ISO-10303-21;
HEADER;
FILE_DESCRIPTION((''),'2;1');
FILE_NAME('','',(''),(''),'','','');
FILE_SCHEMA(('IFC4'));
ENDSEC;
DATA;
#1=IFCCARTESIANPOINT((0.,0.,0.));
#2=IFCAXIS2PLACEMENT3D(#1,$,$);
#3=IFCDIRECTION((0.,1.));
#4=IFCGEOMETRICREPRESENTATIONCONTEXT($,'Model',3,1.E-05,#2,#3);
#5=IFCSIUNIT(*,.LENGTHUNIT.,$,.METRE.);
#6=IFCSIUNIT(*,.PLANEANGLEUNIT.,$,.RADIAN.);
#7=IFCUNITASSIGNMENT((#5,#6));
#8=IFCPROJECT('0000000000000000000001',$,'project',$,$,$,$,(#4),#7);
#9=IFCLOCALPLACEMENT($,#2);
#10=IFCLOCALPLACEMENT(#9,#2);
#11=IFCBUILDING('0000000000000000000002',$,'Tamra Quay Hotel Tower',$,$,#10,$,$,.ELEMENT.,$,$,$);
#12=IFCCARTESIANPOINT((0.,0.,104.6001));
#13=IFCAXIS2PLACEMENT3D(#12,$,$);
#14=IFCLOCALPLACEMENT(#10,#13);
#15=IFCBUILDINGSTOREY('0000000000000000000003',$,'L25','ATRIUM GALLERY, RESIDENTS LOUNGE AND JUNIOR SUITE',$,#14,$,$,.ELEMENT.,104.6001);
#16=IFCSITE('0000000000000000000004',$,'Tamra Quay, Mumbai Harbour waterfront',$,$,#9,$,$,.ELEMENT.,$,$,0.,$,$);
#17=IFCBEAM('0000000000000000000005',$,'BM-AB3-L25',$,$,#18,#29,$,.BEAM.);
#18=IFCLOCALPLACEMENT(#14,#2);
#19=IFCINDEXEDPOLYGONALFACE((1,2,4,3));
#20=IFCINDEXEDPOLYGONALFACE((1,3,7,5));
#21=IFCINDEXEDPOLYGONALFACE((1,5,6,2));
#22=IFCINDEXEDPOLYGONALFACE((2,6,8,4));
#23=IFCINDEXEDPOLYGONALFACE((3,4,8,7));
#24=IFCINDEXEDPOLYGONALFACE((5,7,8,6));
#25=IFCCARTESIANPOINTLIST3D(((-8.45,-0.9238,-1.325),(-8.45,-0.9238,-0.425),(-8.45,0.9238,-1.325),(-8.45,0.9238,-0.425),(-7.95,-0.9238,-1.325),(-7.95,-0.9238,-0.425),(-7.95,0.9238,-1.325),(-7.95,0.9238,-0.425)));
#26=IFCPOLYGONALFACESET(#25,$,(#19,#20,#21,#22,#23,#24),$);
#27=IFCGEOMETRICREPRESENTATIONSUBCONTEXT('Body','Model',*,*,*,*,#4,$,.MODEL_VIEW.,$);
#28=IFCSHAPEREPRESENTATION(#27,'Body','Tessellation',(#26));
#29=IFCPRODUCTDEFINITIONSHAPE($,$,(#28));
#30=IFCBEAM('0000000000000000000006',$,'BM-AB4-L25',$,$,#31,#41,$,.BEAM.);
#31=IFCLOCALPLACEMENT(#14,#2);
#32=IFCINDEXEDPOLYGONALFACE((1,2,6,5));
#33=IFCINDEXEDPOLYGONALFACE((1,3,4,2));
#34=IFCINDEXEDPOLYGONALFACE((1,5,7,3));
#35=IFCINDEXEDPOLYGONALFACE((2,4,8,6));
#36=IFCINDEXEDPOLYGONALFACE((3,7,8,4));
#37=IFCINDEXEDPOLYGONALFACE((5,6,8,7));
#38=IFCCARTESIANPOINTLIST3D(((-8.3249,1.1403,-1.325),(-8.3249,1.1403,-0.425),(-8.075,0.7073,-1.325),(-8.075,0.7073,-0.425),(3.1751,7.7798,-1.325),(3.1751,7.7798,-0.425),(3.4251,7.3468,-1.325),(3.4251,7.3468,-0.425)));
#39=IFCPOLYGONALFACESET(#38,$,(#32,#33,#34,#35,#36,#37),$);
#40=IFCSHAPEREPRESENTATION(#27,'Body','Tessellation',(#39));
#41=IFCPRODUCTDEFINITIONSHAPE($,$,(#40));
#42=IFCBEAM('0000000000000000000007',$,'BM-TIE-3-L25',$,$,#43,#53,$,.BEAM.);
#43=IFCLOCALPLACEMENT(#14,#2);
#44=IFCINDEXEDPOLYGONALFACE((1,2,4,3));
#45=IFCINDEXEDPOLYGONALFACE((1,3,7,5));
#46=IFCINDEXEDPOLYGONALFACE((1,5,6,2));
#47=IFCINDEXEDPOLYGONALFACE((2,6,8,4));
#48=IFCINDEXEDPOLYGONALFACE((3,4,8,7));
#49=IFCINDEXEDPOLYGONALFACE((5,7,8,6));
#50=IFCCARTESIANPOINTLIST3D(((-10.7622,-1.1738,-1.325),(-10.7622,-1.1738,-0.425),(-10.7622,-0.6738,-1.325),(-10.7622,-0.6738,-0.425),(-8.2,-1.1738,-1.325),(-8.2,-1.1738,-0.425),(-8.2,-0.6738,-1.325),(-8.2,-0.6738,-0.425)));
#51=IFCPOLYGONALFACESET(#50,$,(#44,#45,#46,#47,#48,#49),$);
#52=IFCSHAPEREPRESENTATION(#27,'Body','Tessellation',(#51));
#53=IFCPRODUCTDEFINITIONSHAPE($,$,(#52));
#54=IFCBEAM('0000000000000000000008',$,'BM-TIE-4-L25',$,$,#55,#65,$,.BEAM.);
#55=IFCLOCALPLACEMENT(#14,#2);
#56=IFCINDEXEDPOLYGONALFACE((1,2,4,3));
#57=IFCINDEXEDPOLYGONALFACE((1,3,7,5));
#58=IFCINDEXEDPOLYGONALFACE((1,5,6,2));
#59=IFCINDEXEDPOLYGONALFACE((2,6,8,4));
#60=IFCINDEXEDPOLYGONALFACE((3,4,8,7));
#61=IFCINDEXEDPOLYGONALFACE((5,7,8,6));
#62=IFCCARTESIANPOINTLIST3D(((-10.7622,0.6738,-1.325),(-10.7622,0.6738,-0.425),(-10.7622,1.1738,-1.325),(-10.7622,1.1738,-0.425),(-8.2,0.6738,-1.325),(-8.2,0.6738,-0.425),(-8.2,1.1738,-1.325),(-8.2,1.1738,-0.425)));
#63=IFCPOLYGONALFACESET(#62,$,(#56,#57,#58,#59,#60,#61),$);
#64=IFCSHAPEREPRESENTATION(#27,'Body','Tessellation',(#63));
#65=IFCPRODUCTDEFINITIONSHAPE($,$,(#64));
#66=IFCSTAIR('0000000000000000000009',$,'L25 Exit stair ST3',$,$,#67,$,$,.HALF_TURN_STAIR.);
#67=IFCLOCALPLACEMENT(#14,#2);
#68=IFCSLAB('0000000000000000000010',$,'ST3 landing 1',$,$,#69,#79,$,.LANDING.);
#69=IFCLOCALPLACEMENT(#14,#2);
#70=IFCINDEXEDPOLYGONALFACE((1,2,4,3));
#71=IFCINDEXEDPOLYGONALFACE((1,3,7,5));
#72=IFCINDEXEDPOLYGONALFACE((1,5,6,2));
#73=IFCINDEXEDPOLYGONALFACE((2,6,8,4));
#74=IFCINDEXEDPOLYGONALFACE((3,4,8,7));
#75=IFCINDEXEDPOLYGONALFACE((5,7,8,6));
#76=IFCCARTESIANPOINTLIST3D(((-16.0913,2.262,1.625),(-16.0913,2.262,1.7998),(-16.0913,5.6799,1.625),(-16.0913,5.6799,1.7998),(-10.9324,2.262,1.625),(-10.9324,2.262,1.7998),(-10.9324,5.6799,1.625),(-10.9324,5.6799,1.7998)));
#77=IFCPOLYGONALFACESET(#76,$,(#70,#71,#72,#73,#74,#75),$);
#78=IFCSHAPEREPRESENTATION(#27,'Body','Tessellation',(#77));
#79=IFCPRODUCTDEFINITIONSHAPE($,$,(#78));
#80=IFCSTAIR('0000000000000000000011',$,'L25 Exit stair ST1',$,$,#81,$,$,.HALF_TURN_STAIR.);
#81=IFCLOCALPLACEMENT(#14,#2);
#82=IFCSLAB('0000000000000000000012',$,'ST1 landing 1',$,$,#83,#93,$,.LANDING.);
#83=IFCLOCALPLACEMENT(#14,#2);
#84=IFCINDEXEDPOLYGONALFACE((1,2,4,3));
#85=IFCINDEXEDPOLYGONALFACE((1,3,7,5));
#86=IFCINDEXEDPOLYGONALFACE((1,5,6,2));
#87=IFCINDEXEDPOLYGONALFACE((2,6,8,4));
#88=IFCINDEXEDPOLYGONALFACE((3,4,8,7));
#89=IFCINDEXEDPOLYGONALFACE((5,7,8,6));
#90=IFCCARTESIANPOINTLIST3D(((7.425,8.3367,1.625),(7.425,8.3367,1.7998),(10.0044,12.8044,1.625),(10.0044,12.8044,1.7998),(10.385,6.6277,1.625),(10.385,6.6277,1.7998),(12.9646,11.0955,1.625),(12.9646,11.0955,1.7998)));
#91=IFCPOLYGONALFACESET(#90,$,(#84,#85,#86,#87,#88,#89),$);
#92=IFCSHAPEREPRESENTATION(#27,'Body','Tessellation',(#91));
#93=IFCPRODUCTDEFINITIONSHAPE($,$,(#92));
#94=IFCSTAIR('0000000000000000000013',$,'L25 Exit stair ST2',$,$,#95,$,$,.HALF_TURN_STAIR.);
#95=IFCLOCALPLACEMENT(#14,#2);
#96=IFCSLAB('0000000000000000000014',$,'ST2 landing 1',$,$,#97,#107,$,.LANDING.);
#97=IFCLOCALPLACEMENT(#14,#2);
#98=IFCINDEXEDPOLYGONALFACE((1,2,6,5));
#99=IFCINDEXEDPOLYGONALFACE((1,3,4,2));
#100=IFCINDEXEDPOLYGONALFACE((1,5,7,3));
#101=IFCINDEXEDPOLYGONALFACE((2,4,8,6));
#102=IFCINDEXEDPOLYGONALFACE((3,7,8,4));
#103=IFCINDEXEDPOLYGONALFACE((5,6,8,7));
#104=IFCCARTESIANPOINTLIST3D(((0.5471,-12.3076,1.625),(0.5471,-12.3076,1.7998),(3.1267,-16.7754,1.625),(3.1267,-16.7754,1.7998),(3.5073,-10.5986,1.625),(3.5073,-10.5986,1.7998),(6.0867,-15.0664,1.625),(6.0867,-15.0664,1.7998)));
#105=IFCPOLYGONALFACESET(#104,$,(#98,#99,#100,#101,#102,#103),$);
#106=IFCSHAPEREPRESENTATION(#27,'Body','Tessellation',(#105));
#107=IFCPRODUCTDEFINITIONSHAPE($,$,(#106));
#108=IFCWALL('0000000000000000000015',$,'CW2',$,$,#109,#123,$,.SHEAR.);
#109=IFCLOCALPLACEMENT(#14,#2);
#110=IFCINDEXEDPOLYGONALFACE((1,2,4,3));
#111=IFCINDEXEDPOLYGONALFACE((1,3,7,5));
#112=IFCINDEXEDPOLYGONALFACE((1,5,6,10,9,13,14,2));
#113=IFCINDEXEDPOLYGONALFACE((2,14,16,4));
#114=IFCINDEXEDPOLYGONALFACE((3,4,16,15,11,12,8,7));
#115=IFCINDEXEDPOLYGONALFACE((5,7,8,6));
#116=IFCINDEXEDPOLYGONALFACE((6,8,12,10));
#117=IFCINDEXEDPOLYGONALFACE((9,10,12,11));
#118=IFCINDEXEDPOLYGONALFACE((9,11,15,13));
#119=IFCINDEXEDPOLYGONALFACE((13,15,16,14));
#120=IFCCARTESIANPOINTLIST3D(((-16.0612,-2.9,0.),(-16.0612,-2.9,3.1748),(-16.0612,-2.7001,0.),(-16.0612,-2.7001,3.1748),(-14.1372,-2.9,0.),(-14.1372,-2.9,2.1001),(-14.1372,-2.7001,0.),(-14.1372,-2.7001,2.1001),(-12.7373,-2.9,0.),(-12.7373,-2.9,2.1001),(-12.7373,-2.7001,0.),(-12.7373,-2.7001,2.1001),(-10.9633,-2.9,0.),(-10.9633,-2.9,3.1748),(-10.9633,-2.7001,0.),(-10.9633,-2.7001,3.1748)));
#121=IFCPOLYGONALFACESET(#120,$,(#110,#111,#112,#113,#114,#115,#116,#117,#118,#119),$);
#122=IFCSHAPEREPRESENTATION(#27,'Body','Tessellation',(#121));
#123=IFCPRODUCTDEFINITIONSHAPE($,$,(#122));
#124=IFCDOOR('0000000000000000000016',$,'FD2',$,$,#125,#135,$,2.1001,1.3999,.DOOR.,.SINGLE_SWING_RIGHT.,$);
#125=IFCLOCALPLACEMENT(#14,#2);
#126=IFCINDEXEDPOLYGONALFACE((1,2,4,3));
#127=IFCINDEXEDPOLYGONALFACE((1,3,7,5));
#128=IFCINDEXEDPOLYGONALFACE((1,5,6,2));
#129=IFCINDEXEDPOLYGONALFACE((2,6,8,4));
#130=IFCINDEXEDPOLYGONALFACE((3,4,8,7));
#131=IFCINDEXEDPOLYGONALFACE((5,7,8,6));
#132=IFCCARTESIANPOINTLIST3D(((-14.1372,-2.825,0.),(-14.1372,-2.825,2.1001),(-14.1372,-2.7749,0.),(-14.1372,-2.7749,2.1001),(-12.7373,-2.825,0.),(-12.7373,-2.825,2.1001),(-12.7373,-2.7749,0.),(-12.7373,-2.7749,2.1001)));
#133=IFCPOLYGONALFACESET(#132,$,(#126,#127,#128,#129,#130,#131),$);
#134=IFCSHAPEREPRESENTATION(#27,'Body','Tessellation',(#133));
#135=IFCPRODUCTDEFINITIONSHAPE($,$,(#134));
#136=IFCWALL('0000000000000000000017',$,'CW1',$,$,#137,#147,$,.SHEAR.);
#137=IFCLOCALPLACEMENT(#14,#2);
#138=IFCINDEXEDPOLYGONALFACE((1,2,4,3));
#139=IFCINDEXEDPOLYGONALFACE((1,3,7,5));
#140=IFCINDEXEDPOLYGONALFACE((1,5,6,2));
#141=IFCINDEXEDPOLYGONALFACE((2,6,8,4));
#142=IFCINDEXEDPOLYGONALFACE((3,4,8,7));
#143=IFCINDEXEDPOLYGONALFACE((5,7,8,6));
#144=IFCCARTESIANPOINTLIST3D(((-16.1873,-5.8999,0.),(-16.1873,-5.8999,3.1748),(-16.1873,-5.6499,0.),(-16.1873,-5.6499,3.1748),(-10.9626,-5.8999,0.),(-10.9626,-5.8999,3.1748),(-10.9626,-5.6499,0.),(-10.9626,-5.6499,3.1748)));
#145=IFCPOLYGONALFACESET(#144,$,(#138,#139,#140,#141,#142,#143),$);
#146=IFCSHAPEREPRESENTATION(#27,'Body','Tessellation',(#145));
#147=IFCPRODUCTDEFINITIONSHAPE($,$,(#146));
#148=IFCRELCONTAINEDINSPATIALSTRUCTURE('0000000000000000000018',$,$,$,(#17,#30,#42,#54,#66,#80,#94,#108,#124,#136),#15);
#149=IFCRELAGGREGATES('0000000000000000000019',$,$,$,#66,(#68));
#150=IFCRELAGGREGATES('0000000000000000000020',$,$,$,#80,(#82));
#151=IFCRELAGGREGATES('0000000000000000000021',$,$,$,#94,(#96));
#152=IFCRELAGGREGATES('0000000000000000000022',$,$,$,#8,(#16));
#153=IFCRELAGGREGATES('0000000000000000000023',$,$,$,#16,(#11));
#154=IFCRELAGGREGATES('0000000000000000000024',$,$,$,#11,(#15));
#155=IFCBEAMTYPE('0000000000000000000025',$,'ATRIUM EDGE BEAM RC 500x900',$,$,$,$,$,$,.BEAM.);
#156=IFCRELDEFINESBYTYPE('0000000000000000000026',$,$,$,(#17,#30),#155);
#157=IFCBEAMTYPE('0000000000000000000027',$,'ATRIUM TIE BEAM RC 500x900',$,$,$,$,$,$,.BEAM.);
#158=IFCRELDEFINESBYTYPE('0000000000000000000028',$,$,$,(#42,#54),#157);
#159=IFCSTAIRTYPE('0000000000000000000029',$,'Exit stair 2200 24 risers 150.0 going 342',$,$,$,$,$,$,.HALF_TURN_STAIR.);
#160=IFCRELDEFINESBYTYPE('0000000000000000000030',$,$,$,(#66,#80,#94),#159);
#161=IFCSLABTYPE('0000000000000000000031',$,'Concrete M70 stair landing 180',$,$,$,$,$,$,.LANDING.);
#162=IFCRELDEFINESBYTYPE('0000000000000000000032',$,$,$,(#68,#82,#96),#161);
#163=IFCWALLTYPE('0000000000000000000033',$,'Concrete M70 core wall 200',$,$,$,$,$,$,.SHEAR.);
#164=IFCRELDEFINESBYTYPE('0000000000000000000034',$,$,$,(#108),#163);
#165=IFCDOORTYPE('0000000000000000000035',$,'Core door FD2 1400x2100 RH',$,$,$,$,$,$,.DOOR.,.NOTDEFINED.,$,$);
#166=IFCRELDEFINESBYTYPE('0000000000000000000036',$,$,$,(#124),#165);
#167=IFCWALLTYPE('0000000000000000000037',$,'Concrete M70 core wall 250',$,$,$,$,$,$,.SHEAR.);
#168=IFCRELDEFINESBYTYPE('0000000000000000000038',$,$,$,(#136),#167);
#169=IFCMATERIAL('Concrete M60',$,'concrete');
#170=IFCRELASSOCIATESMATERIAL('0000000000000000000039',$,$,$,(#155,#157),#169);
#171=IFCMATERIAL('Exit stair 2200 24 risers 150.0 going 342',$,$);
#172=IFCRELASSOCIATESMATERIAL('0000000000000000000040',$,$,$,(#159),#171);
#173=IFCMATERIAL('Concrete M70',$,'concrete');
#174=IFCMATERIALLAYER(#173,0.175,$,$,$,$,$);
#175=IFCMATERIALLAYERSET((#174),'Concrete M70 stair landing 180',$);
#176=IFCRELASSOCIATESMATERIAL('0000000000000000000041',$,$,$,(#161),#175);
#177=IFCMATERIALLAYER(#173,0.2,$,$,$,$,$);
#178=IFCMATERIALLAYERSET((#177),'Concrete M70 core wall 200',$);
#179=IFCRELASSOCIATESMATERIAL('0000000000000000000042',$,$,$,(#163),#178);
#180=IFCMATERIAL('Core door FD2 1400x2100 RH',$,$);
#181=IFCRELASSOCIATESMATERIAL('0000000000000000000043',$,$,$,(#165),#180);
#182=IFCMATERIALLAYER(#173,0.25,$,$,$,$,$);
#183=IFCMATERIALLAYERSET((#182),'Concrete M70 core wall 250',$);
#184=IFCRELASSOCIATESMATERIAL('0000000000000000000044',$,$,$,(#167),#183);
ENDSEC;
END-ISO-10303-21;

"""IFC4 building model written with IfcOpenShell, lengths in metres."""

from ifc_helpers import new_model, si_unit, direction, frame, frame_2d, origin, origin_2d, place, context, subcontext, project, spatial, polyline, rectangle, outline, extrude, material, layer, layer_set, material_profile, profile_set, type_object, element, fill, aggregate, save


model = new_model("IFC4")

# Units and contexts
model_context = context("Model", 3, precision=1e-05, world=origin(), true_north=direction((0.0, 1.0)))
body_context = subcontext(model_context, "Body", "Model", "MODEL_VIEW")
ifc_project = project(units=[si_unit("LENGTHUNIT", "METRE"), si_unit("PLANEANGLEUNIT", "RADIAN")], contexts=[model_context])

# Site, building, storey
site_placement = place(None, origin())
site = spatial("IfcSite", under=ifc_project, at=site_placement, Name="Tamra Quay, Mumbai Harbour waterfront", CompositionType="ELEMENT", RefElevation=0.0)
building_placement = place(site_placement, origin())
building = spatial("IfcBuilding", under=site, at=building_placement, Name="Tamra Quay Hotel Tower", CompositionType="ELEMENT")
storey_placement = place(building_placement, frame((0.0, 0.0, 104.6001)))
storey = spatial("IfcBuildingStorey", under=building, at=storey_placement, Name="L25", Description="ATRIUM GALLERY, RESIDENTS LOUNGE AND JUNIOR SUITE", CompositionType="ELEMENT", Elevation=104.6001)

# Beams
ifc_material_1 = material(Name="Concrete M60", Category="concrete")
ifc_material_profile_1 = material_profile(ifc_material_1, rectangle(XDim=0.5, YDim=0.8999, at=origin_2d()), Name="ATRIUM EDGE BEAM RC 500x900")
ifc_profile_set_1 = profile_set([ifc_material_profile_1], Name="Concrete M60")
beam_type_1 = type_object("IfcBeamType", Name="ATRIUM EDGE BEAM RC 500x900", PredefinedType="BEAM", material=ifc_profile_set_1)
beam_1_placement = place(storey_placement, frame((-8.2, -0.9238, -0.875), z_axis=(0.0, 1.0, 0.0), x_axis=(-1.0, 0.0, 0.0)))
element("IfcBeam", 1, at=beam_1_placement, inside=storey, type_object=beam_type_1, Name="BM-AB3-L25", PredefinedType="BEAM", context=body_context, shape_type="SweptSolid", body=[
    extrude(rectangle(XDim=0.5, YDim=0.8999, at=origin_2d()), origin(), (0.0, 0.0, 1.0), 1.8477),
])
beam_2_placement = place(storey_placement, frame((-8.2, 0.9238, -0.875), z_axis=(0.866029, 0.499993, 0.0), x_axis=(-0.499993, 0.866029, 0.0)))
element("IfcBeam", 2, at=beam_2_placement, inside=storey, type_object=beam_type_1, Name="BM-AB4-L25", PredefinedType="BEAM", context=body_context, shape_type="SweptSolid", body=[
    extrude(rectangle(XDim=0.5, YDim=0.8999, at=origin_2d()), origin(), (0.0, 0.0, 1.0), 13.2791),
])
ifc_material_profile_2 = material_profile(ifc_material_1, rectangle(XDim=0.5, YDim=0.8999, at=origin_2d()), Name="ATRIUM TIE BEAM RC 500x900")
ifc_profile_set_2 = profile_set([ifc_material_profile_2], Name="Concrete M60")
beam_type_2 = type_object("IfcBeamType", Name="ATRIUM TIE BEAM RC 500x900", PredefinedType="BEAM", material=ifc_profile_set_2)
for number, where, z_axis, x_axis, name in (
    (3, (-8.2, -0.9238, -0.875), (-1.0, 0.0, 0.0), (0.0, -1.0, 0.0), "BM-TIE-3-L25"),
    (4, (-8.2, 0.9238, -0.875), (-1.0, 0.0, 0.0), (0.0, -1.0, 0.0), "BM-TIE-4-L25"),
):
    element("IfcBeam", number, at=place(storey_placement, frame(where, z_axis=z_axis, x_axis=x_axis)), inside=storey, type_object=beam_type_2, Name=name, PredefinedType="BEAM", context=body_context, shape_type="SweptSolid", body=[
        extrude(rectangle(XDim=0.5, YDim=0.8999, at=origin_2d()), origin(), (0.0, 0.0, 1.0), 2.5623),
    ])

# Stairs, slabs
ifc_material_2 = material(Name="Exit stair 2200 24 risers 150.0 going 342")
stair_type = type_object("IfcStairType", Name="Exit stair 2200 24 risers 150.0 going 342", PredefinedType="HALF_TURN_STAIR", material=ifc_material_2)
stair_1_placement = place(storey_placement, origin())
stair_1 = element("IfcStair", 5, at=stair_1_placement, inside=storey, type_object=stair_type, Name="L25 Exit stair ST3", PredefinedType="HALF_TURN_STAIR")
ifc_material_3 = material(Name="Concrete M70", Category="concrete")
ifc_layer_1 = layer(ifc_material_3, 0.175)
ifc_layer_set_1 = layer_set([ifc_layer_1], Name="Concrete M70 stair landing 180")
slab_type_1 = type_object("IfcSlabType", Name="Concrete M70 stair landing 180", PredefinedType="LANDING", material=ifc_layer_set_1)
slab_1_placement = place(storey_placement, frame((0.0, 0.0, 1.625)))
slab_1 = element("IfcSlab", 6, at=slab_1_placement, type_object=slab_type_1, Name="ST3 landing 1", PredefinedType="LANDING", context=body_context, shape_type="SweptSolid", body=[
    extrude(outline(polyline([(-10.9324, 2.262), (-10.9324, 5.6799), (-16.0913, 5.6799), (-16.0913, 2.262), (-10.9324, 2.262)])), origin(), (0.0, 0.0, 1.0), 0.1748),
])
aggregate(stair_1, [slab_1])
stair_2_placement = place(storey_placement, origin())
stair_2 = element("IfcStair", 7, at=stair_2_placement, inside=storey, type_object=stair_type, Name="L25 Exit stair ST1", PredefinedType="HALF_TURN_STAIR")
slab_2_placement = place(storey_placement, frame((0.0, 0.0, 1.625)))
slab_2 = element("IfcSlab", 8, at=slab_2_placement, type_object=slab_type_1, Name="ST1 landing 1", PredefinedType="LANDING", context=body_context, shape_type="SweptSolid", body=[
    extrude(outline(polyline([(7.425, 8.3367), (10.385, 6.6277), (12.9646, 11.0955), (10.0044, 12.8044), (7.425, 8.3367)])), origin(), (0.0, 0.0, 1.0), 0.1748),
])
aggregate(stair_2, [slab_2])
stair_3_placement = place(storey_placement, origin())
stair_3 = element("IfcStair", 9, at=stair_3_placement, inside=storey, type_object=stair_type, Name="L25 Exit stair ST2", PredefinedType="HALF_TURN_STAIR")
slab_3_placement = place(storey_placement, frame((0.0, 0.0, 1.625)))
slab_3 = element("IfcSlab", 10, at=slab_3_placement, type_object=slab_type_1, Name="ST2 landing 1", PredefinedType="LANDING", context=body_context, shape_type="SweptSolid", body=[
    extrude(outline(polyline([(3.5073, -10.5986), (0.5471, -12.3076), (3.1267, -16.7754), (6.0867, -15.0664), (3.5073, -10.5986)])), origin(), (0.0, 0.0, 1.0), 0.1748),
])
aggregate(stair_3, [slab_3])

# Wall, opening, door
ifc_layer_2 = layer(ifc_material_3, 0.2)
ifc_layer_set_2 = layer_set([ifc_layer_2], Name="Concrete M70 core wall 200")
wall_type_1 = type_object("IfcWallType", Name="Concrete M70 core wall 200", PredefinedType="SHEAR", material=ifc_layer_set_2)
wall_1_placement = place(storey_placement, frame((-10.9634, -2.8, 0.0), z_axis=(0.0, 0.0, 1.0), x_axis=(-1.0, 0.0, 0.0)))
wall_1 = element("IfcWall", 11, at=wall_1_placement, inside=storey, type_object=wall_type_1, Name="CW2", PredefinedType="SHEAR", context=body_context, shape_type="SweptSolid", body=[
    extrude(rectangle(XDim=5.0979, YDim=0.2, at=frame_2d((2.5488, 0.0))), origin(), (0.0, 0.0, 1.0), 3.1748),
])
opening_1_placement = place(wall_1_placement, frame((1.7739, 0.0, 0.0)))
opening_1 = element("IfcOpeningElement", 12, at=opening_1_placement, cuts=wall_1, PredefinedType="OPENING", context=body_context, shape_type="SweptSolid", body=[
    extrude(rectangle(XDim=1.3999, YDim=2.1001, at=frame_2d((0.7, 1.05))), frame((0.0, 0.1099, 0.0), z_axis=(0.0, -1.0, 0.0), x_axis=(1.0, 0.0, 0.0)), (0.0, 0.0, 1.0), 0.22),
])
ifc_material_4 = material(Name="Core door FD2 1400x2100 RH")
door_type_1 = type_object("IfcDoorType", Name="Core door FD2 1400x2100 RH", OperationType="NOTDEFINED", PredefinedType="DOOR", material=ifc_material_4)
door_1_placement = place(opening_1_placement, origin())
door_1 = element("IfcDoor", 13, at=door_1_placement, inside=storey, type_object=door_type_1, Name="FD2", OperationType="SINGLE_SWING_RIGHT", OverallHeight=2.1001, OverallWidth=1.3999, PredefinedType="DOOR", context=body_context, shape_type="SweptSolid", body=[
    extrude(rectangle(XDim=1.3999, YDim=2.1001, at=frame_2d((0.7, 1.05))), frame((0.0, 0.0249, 0.0), z_axis=(0.0, -1.0, 0.0), x_axis=(1.0, 0.0, 0.0)), (0.0, 0.0, 1.0), 0.05),
])
fill(opening_1, door_1)

# Wall
ifc_layer_3 = layer(ifc_material_3, 0.25)
ifc_layer_set_3 = layer_set([ifc_layer_3], Name="Concrete M70 core wall 250")
wall_type_2 = type_object("IfcWallType", Name="Concrete M70 core wall 250", PredefinedType="SHEAR", material=ifc_layer_set_3)
wall_2_placement = place(storey_placement, frame((-10.9626, -5.7749, 0.0), z_axis=(0.0, 0.0, 1.0), x_axis=(-1.0, 0.0, 0.0)))
element("IfcWall", 14, at=wall_2_placement, inside=storey, type_object=wall_type_2, Name="CW1", PredefinedType="SHEAR", context=body_context, shape_type="SweptSolid", body=[
    extrude(rectangle(XDim=5.2246, YDim=0.25, at=frame_2d((2.6123, 0.0))), origin(), (0.0, 0.0, 1.0), 3.1748),
])

save(model, "model.ifc")
